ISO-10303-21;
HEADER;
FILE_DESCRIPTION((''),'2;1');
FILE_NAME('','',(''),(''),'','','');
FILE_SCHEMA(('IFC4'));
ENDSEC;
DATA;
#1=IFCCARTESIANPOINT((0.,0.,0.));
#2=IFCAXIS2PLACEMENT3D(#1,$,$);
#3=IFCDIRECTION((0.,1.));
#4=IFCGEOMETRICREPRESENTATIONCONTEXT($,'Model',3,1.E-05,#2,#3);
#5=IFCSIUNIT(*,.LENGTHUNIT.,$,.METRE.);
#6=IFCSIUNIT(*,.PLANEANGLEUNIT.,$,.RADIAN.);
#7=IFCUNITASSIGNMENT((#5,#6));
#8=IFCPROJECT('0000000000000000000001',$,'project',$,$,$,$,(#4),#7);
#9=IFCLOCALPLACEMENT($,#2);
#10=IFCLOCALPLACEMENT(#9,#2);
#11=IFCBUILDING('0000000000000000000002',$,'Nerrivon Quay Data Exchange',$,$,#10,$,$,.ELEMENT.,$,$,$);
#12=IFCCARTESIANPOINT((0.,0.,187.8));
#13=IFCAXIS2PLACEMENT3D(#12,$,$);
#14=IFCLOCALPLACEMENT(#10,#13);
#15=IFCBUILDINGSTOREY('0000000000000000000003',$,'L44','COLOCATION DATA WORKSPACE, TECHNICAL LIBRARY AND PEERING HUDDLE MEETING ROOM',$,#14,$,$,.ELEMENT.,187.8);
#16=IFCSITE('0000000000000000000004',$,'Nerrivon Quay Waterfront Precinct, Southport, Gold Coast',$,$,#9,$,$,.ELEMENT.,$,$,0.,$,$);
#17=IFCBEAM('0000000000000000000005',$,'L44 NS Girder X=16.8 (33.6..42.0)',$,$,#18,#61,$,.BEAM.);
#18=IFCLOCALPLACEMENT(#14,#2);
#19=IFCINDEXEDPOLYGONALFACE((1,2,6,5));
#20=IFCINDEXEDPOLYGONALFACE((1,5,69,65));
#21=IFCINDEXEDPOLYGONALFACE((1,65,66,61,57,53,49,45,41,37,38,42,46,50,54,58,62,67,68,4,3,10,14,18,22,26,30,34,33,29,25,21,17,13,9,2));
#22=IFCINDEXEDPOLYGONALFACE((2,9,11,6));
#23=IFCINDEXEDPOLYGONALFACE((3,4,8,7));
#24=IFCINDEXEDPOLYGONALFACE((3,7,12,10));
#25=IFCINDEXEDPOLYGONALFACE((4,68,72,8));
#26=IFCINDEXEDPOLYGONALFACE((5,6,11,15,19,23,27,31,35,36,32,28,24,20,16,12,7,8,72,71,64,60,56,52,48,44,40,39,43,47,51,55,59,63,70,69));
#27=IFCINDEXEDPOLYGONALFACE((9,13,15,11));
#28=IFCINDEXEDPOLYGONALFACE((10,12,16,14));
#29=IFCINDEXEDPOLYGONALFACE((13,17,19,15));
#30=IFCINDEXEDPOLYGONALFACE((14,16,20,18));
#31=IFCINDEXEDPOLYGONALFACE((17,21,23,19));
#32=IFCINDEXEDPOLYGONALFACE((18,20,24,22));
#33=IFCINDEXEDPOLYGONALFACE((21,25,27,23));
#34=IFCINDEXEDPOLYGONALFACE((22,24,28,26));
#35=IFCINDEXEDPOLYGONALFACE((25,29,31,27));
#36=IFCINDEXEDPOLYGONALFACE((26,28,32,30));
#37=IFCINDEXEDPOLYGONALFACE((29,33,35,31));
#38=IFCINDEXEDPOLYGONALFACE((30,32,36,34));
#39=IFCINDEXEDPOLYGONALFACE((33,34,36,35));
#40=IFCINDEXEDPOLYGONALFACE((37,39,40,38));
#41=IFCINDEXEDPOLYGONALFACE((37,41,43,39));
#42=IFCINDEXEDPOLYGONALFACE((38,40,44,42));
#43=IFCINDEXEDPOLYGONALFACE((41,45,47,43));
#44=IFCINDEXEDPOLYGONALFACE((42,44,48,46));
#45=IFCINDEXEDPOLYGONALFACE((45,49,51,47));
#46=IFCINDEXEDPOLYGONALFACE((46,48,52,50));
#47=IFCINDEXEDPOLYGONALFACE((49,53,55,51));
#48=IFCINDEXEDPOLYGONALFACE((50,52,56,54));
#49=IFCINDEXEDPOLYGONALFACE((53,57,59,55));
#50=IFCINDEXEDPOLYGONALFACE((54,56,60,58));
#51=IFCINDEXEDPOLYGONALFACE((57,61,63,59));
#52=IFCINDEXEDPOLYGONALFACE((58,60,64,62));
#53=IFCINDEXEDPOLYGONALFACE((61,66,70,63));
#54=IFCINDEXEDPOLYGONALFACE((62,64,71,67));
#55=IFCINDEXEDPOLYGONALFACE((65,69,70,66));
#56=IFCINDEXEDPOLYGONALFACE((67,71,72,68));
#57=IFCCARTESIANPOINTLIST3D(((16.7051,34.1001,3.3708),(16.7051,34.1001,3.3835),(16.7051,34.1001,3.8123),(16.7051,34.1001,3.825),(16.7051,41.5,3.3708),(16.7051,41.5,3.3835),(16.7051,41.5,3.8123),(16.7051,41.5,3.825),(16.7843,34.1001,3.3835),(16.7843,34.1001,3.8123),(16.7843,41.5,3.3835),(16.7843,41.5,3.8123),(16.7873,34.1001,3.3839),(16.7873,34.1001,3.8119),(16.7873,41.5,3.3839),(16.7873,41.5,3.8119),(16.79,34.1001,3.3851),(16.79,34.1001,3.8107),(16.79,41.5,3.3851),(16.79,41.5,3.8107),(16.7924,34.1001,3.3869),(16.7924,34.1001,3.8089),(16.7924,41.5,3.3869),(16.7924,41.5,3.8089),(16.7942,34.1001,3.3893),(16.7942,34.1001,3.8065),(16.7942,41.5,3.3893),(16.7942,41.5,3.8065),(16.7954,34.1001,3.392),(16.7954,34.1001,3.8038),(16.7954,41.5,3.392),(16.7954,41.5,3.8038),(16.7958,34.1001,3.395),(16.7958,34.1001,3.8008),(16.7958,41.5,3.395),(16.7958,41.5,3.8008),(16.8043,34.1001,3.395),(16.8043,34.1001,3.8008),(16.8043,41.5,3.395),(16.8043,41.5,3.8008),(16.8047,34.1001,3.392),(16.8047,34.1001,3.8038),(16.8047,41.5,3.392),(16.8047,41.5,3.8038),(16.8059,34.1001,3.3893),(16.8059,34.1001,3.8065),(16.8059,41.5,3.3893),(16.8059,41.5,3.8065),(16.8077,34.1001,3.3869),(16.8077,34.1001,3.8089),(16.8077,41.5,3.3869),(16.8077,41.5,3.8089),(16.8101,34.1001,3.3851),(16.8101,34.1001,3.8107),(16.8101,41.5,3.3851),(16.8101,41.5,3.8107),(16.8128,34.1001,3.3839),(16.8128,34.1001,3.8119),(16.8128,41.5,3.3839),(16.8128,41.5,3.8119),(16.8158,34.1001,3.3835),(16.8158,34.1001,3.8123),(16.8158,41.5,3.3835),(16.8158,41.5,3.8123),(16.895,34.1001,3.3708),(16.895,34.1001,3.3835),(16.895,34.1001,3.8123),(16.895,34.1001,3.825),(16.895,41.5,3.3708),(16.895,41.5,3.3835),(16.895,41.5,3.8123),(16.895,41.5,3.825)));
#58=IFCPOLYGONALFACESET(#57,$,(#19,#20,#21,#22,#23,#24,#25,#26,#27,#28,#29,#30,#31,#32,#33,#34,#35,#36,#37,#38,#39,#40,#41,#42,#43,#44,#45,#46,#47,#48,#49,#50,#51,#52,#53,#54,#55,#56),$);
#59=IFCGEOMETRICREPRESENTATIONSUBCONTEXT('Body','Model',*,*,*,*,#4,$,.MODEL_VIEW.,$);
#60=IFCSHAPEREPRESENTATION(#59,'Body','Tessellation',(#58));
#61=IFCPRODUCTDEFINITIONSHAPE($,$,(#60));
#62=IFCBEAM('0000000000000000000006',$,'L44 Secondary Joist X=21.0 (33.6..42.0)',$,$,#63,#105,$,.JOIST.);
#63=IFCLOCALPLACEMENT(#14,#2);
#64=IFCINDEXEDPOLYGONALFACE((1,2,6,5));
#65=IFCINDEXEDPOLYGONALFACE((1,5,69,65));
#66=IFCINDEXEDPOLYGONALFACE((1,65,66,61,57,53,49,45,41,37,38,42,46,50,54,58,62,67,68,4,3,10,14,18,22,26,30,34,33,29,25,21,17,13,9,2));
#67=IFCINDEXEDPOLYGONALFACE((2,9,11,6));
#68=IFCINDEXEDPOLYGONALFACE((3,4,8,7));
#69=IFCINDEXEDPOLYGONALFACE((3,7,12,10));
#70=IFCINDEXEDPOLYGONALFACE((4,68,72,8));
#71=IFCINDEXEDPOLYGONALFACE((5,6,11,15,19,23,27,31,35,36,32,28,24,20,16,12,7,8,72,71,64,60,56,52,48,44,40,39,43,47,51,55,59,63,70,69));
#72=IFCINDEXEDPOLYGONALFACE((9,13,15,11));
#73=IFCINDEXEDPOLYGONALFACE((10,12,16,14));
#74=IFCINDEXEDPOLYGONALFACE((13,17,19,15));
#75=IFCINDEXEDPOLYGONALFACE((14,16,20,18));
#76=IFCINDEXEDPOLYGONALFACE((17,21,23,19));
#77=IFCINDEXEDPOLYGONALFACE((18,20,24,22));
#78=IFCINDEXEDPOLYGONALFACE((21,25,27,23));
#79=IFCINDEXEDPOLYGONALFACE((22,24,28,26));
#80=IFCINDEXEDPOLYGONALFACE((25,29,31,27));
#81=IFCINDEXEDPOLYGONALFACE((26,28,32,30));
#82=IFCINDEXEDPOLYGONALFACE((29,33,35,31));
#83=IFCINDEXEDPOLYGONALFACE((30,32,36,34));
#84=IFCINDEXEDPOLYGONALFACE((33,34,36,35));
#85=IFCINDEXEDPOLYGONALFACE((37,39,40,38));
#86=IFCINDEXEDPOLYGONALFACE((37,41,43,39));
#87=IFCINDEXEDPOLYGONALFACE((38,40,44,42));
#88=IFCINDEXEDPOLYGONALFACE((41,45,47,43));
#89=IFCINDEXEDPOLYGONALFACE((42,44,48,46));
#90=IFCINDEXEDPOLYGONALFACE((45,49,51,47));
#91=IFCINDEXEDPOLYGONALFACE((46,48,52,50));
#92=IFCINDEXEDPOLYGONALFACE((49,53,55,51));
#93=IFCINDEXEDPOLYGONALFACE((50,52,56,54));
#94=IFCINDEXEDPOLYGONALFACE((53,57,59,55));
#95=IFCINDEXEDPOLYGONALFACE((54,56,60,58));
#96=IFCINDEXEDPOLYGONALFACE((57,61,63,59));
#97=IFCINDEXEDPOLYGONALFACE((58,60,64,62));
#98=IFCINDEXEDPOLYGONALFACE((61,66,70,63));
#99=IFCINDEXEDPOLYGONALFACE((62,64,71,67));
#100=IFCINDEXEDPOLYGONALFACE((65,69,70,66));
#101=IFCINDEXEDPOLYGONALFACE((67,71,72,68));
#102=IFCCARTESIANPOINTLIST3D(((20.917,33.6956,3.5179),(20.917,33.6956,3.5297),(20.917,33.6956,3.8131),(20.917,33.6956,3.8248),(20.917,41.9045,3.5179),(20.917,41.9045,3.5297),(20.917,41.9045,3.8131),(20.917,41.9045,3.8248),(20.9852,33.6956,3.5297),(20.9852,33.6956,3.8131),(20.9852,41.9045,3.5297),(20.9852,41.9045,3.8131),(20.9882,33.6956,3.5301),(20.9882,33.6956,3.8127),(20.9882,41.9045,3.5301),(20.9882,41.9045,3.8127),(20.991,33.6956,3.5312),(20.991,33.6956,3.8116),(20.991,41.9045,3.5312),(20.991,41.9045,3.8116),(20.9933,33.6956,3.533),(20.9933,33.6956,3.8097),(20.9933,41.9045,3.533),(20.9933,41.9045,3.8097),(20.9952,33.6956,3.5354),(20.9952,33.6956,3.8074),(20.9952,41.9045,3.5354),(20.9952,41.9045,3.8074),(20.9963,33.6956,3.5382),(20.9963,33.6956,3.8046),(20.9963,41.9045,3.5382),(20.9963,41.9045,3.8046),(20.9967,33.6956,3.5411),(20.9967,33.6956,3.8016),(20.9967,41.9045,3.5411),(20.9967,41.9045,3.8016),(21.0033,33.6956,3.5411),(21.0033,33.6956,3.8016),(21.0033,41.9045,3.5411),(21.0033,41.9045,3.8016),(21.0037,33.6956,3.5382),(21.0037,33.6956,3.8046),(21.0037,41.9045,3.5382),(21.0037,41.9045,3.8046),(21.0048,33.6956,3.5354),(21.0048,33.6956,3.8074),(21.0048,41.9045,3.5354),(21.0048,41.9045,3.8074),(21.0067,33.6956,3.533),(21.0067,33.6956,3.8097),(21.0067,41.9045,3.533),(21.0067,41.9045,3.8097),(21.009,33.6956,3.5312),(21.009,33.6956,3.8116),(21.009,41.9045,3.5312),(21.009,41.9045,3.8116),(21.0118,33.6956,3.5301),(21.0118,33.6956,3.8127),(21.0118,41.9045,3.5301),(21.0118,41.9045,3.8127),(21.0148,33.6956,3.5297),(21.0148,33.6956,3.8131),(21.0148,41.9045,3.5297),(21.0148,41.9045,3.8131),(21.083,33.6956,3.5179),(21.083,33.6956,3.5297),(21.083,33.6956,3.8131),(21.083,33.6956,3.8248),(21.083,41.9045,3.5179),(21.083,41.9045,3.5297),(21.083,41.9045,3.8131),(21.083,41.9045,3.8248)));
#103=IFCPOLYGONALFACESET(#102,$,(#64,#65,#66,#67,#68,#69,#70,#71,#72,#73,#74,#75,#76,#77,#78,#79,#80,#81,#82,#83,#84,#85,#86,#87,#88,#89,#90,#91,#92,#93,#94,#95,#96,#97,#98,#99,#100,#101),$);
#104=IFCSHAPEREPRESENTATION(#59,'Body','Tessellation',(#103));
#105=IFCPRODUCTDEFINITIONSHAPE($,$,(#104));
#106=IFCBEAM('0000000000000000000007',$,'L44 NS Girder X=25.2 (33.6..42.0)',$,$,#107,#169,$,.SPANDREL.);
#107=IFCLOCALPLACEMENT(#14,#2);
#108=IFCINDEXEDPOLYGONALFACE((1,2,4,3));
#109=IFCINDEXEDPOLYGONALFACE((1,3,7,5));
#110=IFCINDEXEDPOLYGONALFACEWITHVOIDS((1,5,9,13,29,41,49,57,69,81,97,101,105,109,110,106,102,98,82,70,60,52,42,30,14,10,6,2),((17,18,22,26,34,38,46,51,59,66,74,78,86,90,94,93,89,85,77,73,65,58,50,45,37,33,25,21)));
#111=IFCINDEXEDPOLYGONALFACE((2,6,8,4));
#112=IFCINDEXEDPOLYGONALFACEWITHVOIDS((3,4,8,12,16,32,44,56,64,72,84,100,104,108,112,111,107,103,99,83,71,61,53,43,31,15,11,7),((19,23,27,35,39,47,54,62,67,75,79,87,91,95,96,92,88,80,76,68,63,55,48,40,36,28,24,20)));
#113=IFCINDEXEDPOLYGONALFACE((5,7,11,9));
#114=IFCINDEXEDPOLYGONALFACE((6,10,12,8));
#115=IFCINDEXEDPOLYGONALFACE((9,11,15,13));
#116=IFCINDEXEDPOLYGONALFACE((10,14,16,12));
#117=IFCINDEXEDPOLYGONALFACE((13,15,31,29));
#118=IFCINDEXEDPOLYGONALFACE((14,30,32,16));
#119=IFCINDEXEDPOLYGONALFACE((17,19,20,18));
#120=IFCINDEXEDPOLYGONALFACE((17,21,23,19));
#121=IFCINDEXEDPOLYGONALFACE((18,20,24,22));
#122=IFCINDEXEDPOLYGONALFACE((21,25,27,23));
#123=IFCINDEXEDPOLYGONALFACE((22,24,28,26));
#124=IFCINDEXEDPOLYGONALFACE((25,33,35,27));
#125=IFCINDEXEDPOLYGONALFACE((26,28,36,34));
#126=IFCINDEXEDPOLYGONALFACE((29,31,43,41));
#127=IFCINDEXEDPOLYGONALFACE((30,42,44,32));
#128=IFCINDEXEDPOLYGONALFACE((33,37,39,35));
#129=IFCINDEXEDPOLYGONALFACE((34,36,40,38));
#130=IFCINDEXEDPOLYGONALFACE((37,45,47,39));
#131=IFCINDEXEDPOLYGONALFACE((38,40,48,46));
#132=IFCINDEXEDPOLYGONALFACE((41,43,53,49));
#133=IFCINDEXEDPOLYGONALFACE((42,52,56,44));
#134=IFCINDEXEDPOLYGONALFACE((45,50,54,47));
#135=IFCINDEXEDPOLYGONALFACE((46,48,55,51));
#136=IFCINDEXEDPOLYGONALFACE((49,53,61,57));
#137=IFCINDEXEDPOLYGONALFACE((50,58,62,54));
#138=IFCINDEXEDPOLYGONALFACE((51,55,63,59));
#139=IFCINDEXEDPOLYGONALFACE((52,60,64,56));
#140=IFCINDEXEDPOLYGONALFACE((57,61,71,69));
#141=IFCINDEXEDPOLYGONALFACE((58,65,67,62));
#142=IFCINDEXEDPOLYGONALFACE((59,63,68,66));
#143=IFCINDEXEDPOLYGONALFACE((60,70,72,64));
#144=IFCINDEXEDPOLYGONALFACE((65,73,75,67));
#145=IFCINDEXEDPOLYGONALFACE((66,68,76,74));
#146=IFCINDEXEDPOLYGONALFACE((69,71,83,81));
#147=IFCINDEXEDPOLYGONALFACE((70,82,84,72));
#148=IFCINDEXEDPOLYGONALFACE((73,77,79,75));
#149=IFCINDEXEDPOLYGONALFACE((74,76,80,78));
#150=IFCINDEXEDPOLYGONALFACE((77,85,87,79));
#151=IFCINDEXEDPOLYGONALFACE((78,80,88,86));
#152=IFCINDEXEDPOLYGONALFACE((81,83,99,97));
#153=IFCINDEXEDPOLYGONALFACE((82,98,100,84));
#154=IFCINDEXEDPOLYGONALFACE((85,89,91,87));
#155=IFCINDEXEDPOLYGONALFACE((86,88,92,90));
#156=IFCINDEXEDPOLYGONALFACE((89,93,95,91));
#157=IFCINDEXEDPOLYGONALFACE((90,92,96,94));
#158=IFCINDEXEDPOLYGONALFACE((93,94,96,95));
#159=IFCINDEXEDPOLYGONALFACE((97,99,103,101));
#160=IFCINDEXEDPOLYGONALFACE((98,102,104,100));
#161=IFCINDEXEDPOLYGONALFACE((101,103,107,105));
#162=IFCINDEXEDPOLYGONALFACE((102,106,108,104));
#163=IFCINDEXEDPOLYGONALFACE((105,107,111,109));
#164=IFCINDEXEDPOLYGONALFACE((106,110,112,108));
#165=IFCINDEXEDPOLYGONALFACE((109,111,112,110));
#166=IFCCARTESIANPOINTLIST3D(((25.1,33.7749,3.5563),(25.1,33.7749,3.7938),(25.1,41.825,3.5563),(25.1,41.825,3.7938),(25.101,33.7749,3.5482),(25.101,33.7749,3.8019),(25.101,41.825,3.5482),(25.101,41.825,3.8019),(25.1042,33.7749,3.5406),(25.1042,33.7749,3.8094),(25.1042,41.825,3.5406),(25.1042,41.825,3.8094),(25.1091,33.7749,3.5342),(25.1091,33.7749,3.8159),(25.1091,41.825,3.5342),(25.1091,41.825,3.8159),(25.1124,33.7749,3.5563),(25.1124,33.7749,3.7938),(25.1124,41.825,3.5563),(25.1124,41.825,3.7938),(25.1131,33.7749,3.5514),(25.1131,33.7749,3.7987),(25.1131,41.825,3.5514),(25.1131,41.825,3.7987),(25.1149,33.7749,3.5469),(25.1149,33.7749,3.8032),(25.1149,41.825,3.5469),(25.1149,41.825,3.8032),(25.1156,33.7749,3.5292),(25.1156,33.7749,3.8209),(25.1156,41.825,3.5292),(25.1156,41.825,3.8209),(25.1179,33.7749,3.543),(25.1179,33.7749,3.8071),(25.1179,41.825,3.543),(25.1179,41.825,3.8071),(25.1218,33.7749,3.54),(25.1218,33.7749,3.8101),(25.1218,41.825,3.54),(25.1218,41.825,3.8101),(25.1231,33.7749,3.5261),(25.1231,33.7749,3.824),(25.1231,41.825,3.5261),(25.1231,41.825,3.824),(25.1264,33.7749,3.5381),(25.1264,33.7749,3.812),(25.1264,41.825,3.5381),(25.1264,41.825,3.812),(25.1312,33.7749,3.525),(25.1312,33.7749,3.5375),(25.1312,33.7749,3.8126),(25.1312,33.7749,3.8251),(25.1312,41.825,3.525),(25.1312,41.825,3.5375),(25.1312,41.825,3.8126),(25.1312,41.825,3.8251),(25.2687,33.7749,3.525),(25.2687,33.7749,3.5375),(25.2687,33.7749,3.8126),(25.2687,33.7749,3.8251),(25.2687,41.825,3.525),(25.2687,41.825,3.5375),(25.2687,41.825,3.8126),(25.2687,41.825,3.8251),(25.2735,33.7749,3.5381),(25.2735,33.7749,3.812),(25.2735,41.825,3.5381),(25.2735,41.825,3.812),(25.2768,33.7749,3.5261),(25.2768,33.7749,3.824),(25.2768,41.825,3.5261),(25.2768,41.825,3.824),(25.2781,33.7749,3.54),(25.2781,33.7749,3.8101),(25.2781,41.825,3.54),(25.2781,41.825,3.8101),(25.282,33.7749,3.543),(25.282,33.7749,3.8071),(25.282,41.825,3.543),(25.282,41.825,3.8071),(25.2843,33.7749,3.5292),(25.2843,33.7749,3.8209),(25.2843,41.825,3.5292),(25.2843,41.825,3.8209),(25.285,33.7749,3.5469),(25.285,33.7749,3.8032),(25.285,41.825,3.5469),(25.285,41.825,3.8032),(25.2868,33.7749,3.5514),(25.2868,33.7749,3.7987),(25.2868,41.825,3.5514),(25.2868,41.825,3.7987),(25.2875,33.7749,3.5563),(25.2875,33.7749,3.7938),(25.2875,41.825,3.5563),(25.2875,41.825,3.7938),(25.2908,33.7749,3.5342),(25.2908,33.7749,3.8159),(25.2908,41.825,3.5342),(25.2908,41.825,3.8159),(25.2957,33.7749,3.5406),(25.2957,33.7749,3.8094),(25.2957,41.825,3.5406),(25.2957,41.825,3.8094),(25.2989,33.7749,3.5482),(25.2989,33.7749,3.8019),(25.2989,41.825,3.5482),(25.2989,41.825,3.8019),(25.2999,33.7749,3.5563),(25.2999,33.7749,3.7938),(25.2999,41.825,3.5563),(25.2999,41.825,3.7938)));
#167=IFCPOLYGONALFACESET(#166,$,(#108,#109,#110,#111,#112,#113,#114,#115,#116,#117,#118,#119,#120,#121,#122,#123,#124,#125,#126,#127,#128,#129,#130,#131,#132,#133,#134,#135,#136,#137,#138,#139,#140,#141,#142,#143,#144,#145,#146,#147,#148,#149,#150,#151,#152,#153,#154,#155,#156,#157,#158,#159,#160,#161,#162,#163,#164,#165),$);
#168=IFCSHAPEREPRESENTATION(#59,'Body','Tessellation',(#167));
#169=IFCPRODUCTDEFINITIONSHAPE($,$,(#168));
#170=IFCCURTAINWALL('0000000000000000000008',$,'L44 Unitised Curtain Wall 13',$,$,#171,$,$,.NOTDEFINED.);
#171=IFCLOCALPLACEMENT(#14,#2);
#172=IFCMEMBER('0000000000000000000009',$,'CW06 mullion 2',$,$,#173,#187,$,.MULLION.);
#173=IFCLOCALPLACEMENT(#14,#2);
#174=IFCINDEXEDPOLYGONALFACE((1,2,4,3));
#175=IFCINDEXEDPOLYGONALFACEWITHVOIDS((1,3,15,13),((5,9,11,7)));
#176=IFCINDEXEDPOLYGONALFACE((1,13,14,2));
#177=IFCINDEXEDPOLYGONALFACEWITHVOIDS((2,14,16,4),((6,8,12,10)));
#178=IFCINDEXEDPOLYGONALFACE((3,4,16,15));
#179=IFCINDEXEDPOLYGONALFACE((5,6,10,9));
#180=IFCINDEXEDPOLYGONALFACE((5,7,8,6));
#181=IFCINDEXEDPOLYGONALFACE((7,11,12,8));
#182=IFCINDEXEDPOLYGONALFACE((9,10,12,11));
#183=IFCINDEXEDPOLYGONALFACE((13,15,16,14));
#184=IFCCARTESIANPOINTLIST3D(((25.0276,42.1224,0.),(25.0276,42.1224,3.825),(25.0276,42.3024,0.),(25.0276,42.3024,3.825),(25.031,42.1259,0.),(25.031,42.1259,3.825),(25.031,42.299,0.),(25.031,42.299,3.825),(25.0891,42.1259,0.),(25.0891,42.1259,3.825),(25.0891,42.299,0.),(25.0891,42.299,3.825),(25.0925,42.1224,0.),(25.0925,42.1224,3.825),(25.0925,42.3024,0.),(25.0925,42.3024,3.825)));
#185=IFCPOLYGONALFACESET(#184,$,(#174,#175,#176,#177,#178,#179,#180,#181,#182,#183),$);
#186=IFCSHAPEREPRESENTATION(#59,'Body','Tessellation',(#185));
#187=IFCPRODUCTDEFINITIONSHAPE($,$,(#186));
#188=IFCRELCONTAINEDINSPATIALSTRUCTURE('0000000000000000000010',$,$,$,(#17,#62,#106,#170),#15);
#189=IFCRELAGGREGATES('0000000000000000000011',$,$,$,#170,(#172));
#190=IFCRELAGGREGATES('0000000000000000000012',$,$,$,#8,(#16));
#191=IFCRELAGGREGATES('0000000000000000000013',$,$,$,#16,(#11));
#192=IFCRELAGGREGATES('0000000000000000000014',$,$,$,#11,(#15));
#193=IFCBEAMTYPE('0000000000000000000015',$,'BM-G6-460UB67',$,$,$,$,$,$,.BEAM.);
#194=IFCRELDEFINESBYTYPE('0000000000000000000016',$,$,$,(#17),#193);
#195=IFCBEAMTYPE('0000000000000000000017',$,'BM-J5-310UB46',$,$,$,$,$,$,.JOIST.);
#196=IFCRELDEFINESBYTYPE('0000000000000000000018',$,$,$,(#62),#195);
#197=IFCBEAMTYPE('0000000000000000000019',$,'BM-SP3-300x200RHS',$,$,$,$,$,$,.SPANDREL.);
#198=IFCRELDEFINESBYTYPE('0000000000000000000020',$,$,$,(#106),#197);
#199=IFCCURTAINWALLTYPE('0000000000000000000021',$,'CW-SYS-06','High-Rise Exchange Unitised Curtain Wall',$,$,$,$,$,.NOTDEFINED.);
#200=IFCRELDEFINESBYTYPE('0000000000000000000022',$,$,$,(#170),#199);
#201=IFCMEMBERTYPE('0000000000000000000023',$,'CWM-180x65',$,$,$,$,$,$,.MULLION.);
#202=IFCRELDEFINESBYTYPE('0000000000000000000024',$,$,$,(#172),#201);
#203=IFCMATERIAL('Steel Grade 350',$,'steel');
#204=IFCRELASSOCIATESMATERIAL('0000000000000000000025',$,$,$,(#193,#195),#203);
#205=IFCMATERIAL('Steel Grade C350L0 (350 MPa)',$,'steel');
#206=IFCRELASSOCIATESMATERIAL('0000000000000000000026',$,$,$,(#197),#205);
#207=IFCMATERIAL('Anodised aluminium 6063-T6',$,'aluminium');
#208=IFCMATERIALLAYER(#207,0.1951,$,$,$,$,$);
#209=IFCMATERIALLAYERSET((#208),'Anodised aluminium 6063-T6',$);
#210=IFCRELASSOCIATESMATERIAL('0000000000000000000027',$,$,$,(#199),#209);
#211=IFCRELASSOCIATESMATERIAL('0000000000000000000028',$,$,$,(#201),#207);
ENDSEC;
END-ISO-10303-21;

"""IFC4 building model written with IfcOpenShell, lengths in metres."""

from ifc_helpers import new_model, si_unit, direction, frame, origin, origin_2d, place, context, subcontext, project, spatial, hollow_rectangle, i_section, extrude, material, layer, layer_set, material_profile, profile_set, type_object, element, aggregate, save


model = new_model("IFC4")

# Units and contexts
model_context = context("Model", 3, precision=1e-05, world=origin(), true_north=direction((0.0, 1.0)))
body_context = subcontext(model_context, "Body", "Model", "MODEL_VIEW")
ifc_project = project(units=[si_unit("LENGTHUNIT", "METRE"), si_unit("PLANEANGLEUNIT", "RADIAN")], contexts=[model_context])

# Site, building, storey
site_placement = place(None, origin())
site = spatial("IfcSite", under=ifc_project, at=site_placement, Name="Nerrivon Quay Waterfront Precinct, Southport, Gold Coast", CompositionType="ELEMENT", RefElevation=0.0)
building_placement = place(site_placement, origin())
building = spatial("IfcBuilding", under=site, at=building_placement, Name="Nerrivon Quay Data Exchange", CompositionType="ELEMENT")
storey_placement = place(building_placement, frame((0.0, 0.0, 187.8)))
storey = spatial("IfcBuildingStorey", under=building, at=storey_placement, Name="L44", Description="COLOCATION DATA WORKSPACE, TECHNICAL LIBRARY AND PEERING HUDDLE MEETING ROOM", CompositionType="ELEMENT", Elevation=187.8)

# Shared definitions
ifc_material_1 = material(Name="Steel Grade 350", Category="steel")

# Beams
ifc_material_profile_1 = material_profile(ifc_material_1, i_section(OverallWidth=0.1899, OverallDepth=0.4541, WebThickness=0.0085, FlangeThickness=0.0127, FilletRadius=0.0115, at=origin_2d()), Name="460UB67.1")
ifc_profile_set_1 = profile_set([ifc_material_profile_1], Name="Steel Grade 350")
beam_type_1 = type_object("IfcBeamType", Name="BM-G6-460UB67", PredefinedType="BEAM", material=ifc_profile_set_1)
beam_1_placement = place(storey_placement, frame((16.8, 34.1001, 3.5979), z_axis=(0.0, 1.0, 0.0), x_axis=(-1.0, 0.0, 0.0)))
element("IfcBeam", 1, at=beam_1_placement, inside=storey, type_object=beam_type_1, Name="L44 NS Girder X=16.8 (33.6..42.0)", PredefinedType="BEAM", context=body_context, shape_type="SweptSolid", body=[
    extrude(i_section(OverallWidth=0.1899, OverallDepth=0.4541, WebThickness=0.0085, FlangeThickness=0.0127, FilletRadius=0.0115, at=origin_2d()), origin(), (0.0, 0.0, 1.0), 7.3999),
])
ifc_material_profile_2 = material_profile(ifc_material_1, i_section(OverallWidth=0.166, OverallDepth=0.3069, WebThickness=0.0066, FlangeThickness=0.0117, FilletRadius=0.0115, at=origin_2d()), Name="310UB46.2")
ifc_profile_set_2 = profile_set([ifc_material_profile_2], Name="Steel Grade 350")
beam_type_2 = type_object("IfcBeamType", Name="BM-J5-310UB46", PredefinedType="JOIST", material=ifc_profile_set_2)
beam_2_placement = place(storey_placement, frame((21.0, 33.6956, 3.6714), z_axis=(0.0, 1.0, 0.0), x_axis=(-1.0, 0.0, 0.0)))
element("IfcBeam", 2, at=beam_2_placement, inside=storey, type_object=beam_type_2, Name="L44 Secondary Joist X=21.0 (33.6..42.0)", PredefinedType="JOIST", context=body_context, shape_type="SweptSolid", body=[
    extrude(i_section(OverallWidth=0.166, OverallDepth=0.3069, WebThickness=0.0066, FlangeThickness=0.0117, FilletRadius=0.0115, at=origin_2d()), origin(), (0.0, 0.0, 1.0), 8.209),
])
ifc_material_2 = material(Name="Steel Grade C350L0 (350 MPa)", Category="steel")
ifc_material_profile_3 = material_profile(ifc_material_2, hollow_rectangle(XDim=0.2, YDim=0.3, WallThickness=0.0125, InnerFilletRadius=0.0188, OuterFilletRadius=0.0312, at=origin_2d()), Name="300x200x12.5RHS")
ifc_profile_set_3 = profile_set([ifc_material_profile_3], Name="Steel Grade C350L0 (350 MPa)")
beam_type_3 = type_object("IfcBeamType", Name="BM-SP3-300x200RHS", PredefinedType="SPANDREL", material=ifc_profile_set_3)
beam_3_placement = place(storey_placement, frame((25.2, 33.7749, 3.675), z_axis=(0.0, 1.0, 0.0), x_axis=(-1.0, 0.0, 0.0)))
element("IfcBeam", 3, at=beam_3_placement, inside=storey, type_object=beam_type_3, Name="L44 NS Girder X=25.2 (33.6..42.0)", PredefinedType="SPANDREL", context=body_context, shape_type="SweptSolid", body=[
    extrude(hollow_rectangle(XDim=0.2, YDim=0.3, WallThickness=0.0125, InnerFilletRadius=0.0188, OuterFilletRadius=0.0312, at=origin_2d()), origin(), (0.0, 0.0, 1.0), 8.05),
])

# Curtain wall, member
ifc_material_3 = material(Name="Anodised aluminium 6063-T6", Category="aluminium")
ifc_layer_1 = layer(ifc_material_3, 0.1951)
ifc_layer_set_1 = layer_set([ifc_layer_1], Name="Anodised aluminium 6063-T6")
curtain_wall_type = type_object("IfcCurtainWallType", Name="CW-SYS-06", Description="High-Rise Exchange Unitised Curtain Wall", PredefinedType="NOTDEFINED", material=ifc_layer_set_1)
curtain_wall_1_placement = place(storey_placement, origin())
curtain_wall_1 = element("IfcCurtainWall", 4, at=curtain_wall_1_placement, inside=storey, type_object=curtain_wall_type, Name="L44 Unitised Curtain Wall 13", PredefinedType="NOTDEFINED")
ifc_material_profile_4 = material_profile(ifc_material_3, hollow_rectangle(XDim=0.0649, YDim=0.1799, WallThickness=0.0034, at=origin_2d()), Name="ALU-MULL-180x65")
ifc_profile_set_4 = profile_set([ifc_material_profile_4], Name="Anodised aluminium 6063-T6")
member_type_1 = type_object("IfcMemberType", Name="CWM-180x65", PredefinedType="MULLION", material=ifc_profile_set_4)
member_1_placement = place(storey_placement, frame((25.0601, 42.2124, 0.0), z_axis=(0.0, 0.0, 1.0), x_axis=(1.0, 0.0, 0.0)))
member_1 = element("IfcMember", 5, at=member_1_placement, type_object=member_type_1, Name="CW06 mullion 2", PredefinedType="MULLION", context=body_context, shape_type="SweptSolid", body=[
    extrude(hollow_rectangle(XDim=0.0649, YDim=0.1799, WallThickness=0.0034, at=origin_2d()), origin(), (0.0, 0.0, 1.0), 3.825),
])
aggregate(curtain_wall_1, [member_1])

save(model, "model.ifc")
